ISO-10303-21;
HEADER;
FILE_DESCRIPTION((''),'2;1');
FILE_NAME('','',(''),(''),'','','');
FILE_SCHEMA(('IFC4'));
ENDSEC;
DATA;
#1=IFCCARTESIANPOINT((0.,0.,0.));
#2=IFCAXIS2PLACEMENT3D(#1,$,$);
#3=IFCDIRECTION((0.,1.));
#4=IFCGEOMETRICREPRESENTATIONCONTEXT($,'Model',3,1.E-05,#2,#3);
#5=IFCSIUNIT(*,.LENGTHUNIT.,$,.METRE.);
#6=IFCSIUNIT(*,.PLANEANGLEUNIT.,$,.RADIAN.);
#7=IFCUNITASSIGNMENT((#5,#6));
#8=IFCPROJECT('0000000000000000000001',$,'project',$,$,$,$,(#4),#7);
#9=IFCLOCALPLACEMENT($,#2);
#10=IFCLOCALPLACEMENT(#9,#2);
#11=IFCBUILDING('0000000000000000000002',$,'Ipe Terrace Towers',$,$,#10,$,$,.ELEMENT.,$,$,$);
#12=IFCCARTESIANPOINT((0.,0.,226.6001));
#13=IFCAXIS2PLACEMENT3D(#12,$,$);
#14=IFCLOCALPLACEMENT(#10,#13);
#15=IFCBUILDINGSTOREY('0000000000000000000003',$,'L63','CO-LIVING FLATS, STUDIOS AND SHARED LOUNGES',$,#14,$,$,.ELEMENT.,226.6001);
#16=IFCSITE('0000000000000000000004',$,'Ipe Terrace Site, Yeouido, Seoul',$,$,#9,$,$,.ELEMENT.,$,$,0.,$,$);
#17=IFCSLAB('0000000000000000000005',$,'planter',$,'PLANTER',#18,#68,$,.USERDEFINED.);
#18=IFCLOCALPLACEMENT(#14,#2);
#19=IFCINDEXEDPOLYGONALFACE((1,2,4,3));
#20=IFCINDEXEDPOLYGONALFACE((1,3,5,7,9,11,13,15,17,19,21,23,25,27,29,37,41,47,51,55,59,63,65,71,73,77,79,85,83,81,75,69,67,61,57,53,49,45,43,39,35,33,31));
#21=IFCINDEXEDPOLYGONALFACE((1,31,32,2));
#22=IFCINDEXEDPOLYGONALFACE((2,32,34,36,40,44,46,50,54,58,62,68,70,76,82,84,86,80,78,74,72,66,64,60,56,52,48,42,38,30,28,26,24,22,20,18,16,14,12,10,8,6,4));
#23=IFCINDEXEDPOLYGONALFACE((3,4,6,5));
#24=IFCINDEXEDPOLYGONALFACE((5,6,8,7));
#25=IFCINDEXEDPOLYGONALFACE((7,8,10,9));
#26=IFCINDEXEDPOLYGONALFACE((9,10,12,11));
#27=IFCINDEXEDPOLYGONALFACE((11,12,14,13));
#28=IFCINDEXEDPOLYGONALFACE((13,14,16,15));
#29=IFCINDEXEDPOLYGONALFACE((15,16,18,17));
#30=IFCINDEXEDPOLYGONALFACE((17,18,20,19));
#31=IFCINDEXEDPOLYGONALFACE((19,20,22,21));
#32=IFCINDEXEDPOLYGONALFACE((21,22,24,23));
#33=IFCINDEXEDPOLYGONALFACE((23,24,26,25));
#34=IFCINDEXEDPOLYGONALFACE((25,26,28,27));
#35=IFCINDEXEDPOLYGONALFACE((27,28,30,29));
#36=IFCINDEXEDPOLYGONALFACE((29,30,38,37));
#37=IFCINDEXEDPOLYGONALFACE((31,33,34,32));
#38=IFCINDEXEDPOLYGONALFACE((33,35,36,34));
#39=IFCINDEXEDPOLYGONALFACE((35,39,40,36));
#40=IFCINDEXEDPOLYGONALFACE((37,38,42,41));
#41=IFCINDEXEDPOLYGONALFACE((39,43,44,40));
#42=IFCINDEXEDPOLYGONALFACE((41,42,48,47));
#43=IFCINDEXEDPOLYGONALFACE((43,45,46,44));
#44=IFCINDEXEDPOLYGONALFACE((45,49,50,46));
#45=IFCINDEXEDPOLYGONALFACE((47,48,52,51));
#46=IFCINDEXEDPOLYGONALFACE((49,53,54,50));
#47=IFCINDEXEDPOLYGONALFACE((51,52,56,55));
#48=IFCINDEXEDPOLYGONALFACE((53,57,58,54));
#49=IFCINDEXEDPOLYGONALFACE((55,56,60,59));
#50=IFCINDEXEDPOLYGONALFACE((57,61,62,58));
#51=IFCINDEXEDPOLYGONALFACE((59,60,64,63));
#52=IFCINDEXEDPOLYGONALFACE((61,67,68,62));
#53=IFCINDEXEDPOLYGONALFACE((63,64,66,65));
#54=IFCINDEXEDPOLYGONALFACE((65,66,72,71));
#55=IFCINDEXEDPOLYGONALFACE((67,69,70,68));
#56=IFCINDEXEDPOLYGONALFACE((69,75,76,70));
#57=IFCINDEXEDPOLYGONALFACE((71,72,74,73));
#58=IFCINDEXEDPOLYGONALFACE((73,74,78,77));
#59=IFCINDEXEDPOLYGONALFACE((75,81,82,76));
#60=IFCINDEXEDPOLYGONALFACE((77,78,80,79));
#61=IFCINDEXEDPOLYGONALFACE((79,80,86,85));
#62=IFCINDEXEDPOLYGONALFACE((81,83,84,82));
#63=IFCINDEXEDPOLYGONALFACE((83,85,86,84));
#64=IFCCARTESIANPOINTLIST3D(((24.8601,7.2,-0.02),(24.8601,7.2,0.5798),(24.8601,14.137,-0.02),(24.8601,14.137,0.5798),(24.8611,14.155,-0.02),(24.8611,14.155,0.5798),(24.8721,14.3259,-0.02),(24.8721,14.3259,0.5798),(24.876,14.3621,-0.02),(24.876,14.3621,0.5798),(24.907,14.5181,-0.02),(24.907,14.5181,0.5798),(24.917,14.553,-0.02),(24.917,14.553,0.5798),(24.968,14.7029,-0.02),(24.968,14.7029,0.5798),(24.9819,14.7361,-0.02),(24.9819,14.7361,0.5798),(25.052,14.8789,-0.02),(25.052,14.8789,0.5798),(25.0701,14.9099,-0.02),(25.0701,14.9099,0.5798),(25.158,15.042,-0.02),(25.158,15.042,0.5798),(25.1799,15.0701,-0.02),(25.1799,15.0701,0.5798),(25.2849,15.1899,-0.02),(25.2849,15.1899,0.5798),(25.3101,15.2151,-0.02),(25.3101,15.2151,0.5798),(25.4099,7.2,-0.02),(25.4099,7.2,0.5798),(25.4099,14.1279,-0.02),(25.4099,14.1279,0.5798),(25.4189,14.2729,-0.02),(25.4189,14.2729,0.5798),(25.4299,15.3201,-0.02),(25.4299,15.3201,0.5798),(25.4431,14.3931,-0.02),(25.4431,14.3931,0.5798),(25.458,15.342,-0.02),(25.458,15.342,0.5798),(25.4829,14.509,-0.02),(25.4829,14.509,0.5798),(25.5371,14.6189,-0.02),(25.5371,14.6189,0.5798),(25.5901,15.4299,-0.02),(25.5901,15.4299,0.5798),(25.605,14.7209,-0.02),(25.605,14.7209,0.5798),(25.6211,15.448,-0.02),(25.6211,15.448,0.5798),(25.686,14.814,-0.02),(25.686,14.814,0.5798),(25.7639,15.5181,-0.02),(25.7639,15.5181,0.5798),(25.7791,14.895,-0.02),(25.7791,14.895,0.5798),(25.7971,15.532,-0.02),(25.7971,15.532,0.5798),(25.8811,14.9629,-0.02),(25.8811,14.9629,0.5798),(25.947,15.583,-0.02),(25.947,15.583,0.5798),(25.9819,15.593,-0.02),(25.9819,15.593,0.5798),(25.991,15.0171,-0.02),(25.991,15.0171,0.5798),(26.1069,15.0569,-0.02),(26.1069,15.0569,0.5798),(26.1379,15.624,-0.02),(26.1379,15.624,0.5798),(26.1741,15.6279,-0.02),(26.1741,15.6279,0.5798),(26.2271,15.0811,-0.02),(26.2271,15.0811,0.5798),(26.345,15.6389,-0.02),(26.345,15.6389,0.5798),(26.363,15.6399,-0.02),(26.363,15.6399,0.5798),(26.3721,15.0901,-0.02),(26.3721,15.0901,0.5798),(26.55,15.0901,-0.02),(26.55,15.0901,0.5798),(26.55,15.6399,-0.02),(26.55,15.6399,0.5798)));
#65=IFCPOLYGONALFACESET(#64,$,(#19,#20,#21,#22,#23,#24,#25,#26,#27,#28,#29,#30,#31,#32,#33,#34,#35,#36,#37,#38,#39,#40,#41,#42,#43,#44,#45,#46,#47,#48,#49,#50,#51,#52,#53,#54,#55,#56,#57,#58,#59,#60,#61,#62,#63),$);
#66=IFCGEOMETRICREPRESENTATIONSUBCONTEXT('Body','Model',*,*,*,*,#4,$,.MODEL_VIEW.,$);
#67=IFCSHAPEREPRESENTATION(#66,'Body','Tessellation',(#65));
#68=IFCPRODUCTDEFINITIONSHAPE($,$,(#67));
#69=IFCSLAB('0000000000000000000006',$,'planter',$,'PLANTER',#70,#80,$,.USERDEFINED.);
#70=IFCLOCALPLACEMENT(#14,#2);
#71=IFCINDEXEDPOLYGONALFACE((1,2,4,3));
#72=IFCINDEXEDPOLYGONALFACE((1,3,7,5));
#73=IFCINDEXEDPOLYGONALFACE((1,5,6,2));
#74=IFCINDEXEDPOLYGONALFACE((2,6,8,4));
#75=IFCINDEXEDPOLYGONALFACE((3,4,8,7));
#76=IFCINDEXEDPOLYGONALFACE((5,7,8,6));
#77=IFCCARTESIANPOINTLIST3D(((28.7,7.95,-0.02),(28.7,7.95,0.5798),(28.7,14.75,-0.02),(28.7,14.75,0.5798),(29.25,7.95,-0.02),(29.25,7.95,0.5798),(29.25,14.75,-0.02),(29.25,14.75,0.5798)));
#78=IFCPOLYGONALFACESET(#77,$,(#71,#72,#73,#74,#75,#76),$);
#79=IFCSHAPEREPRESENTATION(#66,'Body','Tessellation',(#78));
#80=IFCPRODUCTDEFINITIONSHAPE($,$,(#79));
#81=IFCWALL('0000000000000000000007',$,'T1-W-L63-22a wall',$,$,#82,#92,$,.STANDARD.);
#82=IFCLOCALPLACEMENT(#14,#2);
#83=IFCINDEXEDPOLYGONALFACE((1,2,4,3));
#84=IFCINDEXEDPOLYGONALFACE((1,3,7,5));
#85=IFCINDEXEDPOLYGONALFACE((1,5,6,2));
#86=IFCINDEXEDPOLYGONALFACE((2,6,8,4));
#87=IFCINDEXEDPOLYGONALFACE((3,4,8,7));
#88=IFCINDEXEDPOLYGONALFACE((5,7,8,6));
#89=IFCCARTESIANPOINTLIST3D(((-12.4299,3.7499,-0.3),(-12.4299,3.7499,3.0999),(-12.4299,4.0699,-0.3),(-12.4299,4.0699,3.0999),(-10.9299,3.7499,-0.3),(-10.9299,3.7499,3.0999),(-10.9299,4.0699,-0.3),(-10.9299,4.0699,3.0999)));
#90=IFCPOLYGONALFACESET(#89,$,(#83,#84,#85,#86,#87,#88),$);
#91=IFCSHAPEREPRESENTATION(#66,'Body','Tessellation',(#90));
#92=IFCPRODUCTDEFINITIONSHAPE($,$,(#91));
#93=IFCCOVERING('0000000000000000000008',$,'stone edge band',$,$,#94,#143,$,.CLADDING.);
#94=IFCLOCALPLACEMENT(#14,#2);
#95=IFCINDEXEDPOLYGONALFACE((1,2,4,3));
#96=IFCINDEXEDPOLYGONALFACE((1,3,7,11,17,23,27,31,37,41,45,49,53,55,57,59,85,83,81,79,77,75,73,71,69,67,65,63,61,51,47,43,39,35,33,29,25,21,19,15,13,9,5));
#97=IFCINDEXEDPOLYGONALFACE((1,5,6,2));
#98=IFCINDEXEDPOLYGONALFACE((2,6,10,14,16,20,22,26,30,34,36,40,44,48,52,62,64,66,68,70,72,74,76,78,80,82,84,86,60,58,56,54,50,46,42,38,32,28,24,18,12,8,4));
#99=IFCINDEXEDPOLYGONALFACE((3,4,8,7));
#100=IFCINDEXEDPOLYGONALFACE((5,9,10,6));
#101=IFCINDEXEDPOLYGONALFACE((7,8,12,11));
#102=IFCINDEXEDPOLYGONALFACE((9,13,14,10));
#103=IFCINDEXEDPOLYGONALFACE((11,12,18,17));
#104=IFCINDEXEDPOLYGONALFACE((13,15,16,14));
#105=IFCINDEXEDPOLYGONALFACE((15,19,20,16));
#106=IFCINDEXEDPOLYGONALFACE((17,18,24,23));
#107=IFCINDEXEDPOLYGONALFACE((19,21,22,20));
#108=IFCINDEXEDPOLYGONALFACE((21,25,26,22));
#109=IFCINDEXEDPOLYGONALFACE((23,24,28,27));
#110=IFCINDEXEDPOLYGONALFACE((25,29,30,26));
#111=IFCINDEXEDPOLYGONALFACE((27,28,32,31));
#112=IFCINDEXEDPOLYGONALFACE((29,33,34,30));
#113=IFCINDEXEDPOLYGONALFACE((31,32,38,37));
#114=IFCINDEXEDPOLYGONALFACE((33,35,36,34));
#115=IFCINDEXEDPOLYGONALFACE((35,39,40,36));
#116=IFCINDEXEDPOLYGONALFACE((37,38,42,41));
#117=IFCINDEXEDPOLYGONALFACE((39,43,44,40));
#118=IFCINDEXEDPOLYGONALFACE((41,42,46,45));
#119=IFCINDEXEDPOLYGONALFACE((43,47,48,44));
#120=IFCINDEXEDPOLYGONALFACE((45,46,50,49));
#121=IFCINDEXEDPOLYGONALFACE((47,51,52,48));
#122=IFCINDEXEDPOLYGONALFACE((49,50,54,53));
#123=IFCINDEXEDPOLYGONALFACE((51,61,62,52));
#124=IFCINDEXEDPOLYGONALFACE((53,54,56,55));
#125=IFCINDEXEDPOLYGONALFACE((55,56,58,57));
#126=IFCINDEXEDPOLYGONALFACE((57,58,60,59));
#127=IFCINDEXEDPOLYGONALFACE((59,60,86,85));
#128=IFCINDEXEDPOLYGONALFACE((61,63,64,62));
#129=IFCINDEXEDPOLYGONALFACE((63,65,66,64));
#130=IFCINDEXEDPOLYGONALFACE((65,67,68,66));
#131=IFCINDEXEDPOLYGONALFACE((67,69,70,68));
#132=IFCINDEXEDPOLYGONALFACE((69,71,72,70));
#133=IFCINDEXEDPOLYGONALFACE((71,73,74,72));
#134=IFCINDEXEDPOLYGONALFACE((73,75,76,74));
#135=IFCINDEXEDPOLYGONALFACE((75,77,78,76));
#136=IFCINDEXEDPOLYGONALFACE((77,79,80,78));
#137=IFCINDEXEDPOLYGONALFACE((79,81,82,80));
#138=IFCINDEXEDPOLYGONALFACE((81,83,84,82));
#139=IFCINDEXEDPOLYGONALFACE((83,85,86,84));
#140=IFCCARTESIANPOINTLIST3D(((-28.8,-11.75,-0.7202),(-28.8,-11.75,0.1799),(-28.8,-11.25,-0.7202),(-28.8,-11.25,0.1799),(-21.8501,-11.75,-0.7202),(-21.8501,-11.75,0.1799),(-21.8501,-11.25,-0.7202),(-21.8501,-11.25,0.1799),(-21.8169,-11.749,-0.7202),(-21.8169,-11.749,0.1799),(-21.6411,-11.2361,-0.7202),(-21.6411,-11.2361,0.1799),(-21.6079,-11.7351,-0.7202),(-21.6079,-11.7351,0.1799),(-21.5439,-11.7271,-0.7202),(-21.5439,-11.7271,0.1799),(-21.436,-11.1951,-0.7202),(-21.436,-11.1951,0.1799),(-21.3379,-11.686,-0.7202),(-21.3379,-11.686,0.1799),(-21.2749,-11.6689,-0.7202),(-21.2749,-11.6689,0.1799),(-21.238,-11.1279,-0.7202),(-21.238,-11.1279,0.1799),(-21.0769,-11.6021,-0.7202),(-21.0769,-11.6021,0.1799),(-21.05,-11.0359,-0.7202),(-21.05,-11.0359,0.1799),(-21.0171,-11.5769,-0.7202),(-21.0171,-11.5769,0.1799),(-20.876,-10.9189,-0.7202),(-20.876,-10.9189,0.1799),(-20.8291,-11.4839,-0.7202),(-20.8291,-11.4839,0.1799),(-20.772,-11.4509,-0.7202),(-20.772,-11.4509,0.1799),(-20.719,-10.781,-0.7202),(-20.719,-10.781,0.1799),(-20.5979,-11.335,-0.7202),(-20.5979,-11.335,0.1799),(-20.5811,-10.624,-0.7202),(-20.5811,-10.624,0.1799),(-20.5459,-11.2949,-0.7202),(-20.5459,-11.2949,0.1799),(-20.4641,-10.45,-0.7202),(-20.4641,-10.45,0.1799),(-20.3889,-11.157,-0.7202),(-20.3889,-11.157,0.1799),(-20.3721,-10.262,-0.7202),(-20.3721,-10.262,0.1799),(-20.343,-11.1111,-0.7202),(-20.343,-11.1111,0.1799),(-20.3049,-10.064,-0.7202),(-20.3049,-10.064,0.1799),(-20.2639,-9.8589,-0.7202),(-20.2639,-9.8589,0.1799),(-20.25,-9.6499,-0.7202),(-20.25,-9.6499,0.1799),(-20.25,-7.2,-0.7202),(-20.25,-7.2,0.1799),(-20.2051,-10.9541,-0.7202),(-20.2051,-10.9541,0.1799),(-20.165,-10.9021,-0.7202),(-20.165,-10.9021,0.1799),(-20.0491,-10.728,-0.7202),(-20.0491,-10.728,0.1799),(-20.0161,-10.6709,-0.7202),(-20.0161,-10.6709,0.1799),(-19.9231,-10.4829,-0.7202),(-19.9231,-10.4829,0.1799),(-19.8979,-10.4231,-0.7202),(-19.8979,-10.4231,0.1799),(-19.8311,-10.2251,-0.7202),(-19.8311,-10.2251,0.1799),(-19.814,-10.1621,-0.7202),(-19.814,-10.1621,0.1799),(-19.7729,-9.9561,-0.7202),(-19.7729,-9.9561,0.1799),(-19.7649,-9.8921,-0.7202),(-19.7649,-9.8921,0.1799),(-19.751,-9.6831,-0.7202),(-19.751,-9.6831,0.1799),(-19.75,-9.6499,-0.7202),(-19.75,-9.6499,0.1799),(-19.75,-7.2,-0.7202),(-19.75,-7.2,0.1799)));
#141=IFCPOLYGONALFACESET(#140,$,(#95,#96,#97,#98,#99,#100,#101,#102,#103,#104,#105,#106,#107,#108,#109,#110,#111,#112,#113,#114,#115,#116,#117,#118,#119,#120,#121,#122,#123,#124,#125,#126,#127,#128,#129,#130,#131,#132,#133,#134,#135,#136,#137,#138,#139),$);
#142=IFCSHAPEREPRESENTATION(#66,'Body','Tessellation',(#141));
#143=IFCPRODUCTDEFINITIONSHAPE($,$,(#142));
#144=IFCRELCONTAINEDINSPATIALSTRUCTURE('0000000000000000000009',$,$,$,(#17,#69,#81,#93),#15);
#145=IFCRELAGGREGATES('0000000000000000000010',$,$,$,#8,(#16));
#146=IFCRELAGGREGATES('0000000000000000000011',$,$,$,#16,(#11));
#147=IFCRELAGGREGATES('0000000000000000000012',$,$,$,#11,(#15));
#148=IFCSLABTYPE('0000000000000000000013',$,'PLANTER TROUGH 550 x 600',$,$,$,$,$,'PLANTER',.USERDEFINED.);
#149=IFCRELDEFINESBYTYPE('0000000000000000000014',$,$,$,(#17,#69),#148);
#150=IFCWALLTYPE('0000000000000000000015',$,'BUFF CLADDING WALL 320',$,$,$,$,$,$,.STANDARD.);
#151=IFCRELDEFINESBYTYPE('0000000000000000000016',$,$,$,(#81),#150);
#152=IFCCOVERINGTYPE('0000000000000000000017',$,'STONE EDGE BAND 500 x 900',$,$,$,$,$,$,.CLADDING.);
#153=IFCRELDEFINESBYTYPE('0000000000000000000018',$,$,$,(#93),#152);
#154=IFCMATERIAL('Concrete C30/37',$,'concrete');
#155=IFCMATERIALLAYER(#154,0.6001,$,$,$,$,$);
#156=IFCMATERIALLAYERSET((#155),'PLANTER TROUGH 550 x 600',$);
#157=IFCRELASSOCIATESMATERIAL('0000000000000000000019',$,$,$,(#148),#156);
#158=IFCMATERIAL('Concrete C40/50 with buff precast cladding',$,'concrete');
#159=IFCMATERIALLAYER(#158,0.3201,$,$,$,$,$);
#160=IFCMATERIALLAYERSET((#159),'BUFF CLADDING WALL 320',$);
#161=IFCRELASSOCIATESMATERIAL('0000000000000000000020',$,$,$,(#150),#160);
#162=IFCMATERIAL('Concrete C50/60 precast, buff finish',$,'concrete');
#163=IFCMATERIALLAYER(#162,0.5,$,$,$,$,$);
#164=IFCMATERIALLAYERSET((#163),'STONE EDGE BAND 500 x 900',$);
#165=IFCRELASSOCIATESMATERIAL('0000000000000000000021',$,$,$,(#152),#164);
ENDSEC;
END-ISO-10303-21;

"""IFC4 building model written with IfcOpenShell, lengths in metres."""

from ifc_helpers import new_model, si_unit, direction, frame, frame_2d, origin, place, context, subcontext, project, spatial, polyline, rectangle, outline, extrude, material, layer, layer_set, type_object, element, save


model = new_model("IFC4")

# Units and contexts
model_context = context("Model", 3, precision=1e-05, world=origin(), true_north=direction((0.0, 1.0)))
body_context = subcontext(model_context, "Body", "Model", "MODEL_VIEW")
ifc_project = project(units=[si_unit("LENGTHUNIT", "METRE"), si_unit("PLANEANGLEUNIT", "RADIAN")], contexts=[model_context])

# Site, building, storey
site_placement = place(None, origin())
site = spatial("IfcSite", under=ifc_project, at=site_placement, Name="Ipe Terrace Site, Yeouido, Seoul", CompositionType="ELEMENT", RefElevation=0.0)
building_placement = place(site_placement, origin())
building = spatial("IfcBuilding", under=site, at=building_placement, Name="Ipe Terrace Towers", CompositionType="ELEMENT")
storey_placement = place(building_placement, frame((0.0, 0.0, 226.6001)))
storey = spatial("IfcBuildingStorey", under=building, at=storey_placement, Name="L63", Description="CO-LIVING FLATS, STUDIOS AND SHARED LOUNGES", CompositionType="ELEMENT", Elevation=226.6001)

# Slabs
ifc_material_1 = material(Name="Concrete C30/37", Category="concrete")
ifc_layer_1 = layer(ifc_material_1, 0.6001)
ifc_layer_set_1 = layer_set([ifc_layer_1], Name="PLANTER TROUGH 550 x 600")
slab_type_1 = type_object("IfcSlabType", Name="PLANTER TROUGH 550 x 600", ElementType="PLANTER", PredefinedType="USERDEFINED", material=ifc_layer_set_1)
slab_1_placement = place(storey_placement, frame((0.0, 0.0, -0.02)))
element("IfcSlab", 1, at=slab_1_placement, inside=storey, type_object=slab_type_1, Name="planter", ObjectType="PLANTER", PredefinedType="USERDEFINED", context=body_context, shape_type="SweptSolid", body=[
    extrude(outline(polyline([(26.1069, 15.0569), (26.2271, 15.0811), (26.3721, 15.0901), (26.55, 15.0901), (26.55, 15.6399), (26.363, 15.6399), (26.345, 15.6389), (26.1741, 15.6279), (26.1379, 15.624), (25.9819, 15.593), (25.947, 15.583), (25.7971, 15.532), (25.7639, 15.5181), (25.6211, 15.448), (25.5901, 15.4299), (25.458, 15.342), (25.4299, 15.3201), (25.3101, 15.2151), (25.2849, 15.1899), (25.1799, 15.0701), (25.158, 15.042), (25.0701, 14.9099), (25.052, 14.8789), (24.9819, 14.7361), (24.968, 14.7029), (24.917, 14.553), (24.907, 14.5181), (24.876, 14.3621), (24.8721, 14.3259), (24.8611, 14.155), (24.8601, 14.137), (24.8601, 7.2), (25.4099, 7.2), (25.4099, 14.1279), (25.4189, 14.2729), (25.4431, 14.3931), (25.4829, 14.509), (25.5371, 14.6189), (25.605, 14.7209), (25.686, 14.814), (25.7791, 14.895), (25.8811, 14.9629), (25.991, 15.0171), (26.1069, 15.0569)])), origin(), (0.0, 0.0, 1.0), 0.5999),
])
slab_2_placement = place(storey_placement, frame((0.0, 0.0, -0.02)))
element("IfcSlab", 2, at=slab_2_placement, inside=storey, type_object=slab_type_1, Name="planter", ObjectType="PLANTER", PredefinedType="USERDEFINED", context=body_context, shape_type="SweptSolid", body=[
    extrude(outline(polyline([(29.25, 7.95), (29.25, 14.75), (28.7, 14.75), (28.7, 7.95), (29.25, 7.95)])), origin(), (0.0, 0.0, 1.0), 0.5999),
])

# Wall
ifc_material_2 = material(Name="Concrete C40/50 with buff precast cladding", Category="concrete")
ifc_layer_2 = layer(ifc_material_2, 0.3201)
ifc_layer_set_2 = layer_set([ifc_layer_2], Name="BUFF CLADDING WALL 320")
wall_type = type_object("IfcWallType", Name="BUFF CLADDING WALL 320", PredefinedType="STANDARD", material=ifc_layer_set_2)
wall_placement = place(storey_placement, frame((-10.9299, 3.9099, -0.3), z_axis=(0.0, 0.0, 1.0), x_axis=(-1.0, 0.0, 0.0)))
element("IfcWall", 3, at=wall_placement, inside=storey, type_object=wall_type, Name="T1-W-L63-22a wall", PredefinedType="STANDARD", context=body_context, shape_type="SweptSolid", body=[
    extrude(rectangle(XDim=1.5, YDim=0.3201, at=frame_2d((0.75, 0.0))), origin(), (0.0, 0.0, 1.0), 3.3999),
])

# Covering
ifc_material_3 = material(Name="Concrete C50/60 precast, buff finish", Category="concrete")
ifc_layer_3 = layer(ifc_material_3, 0.5)
ifc_layer_set_3 = layer_set([ifc_layer_3], Name="STONE EDGE BAND 500 x 900")
covering_type = type_object("IfcCoveringType", Name="STONE EDGE BAND 500 x 900", PredefinedType="CLADDING", material=ifc_layer_set_3)
covering_1_placement = place(storey_placement, frame((0.0, 0.0, -0.7202)))
element("IfcCovering", 4, at=covering_1_placement, inside=storey, type_object=covering_type, Name="stone edge band", PredefinedType="CLADDING", context=body_context, shape_type="SweptSolid", body=[
    extrude(outline(polyline([(-21.8501, -11.75), (-21.8169, -11.749), (-21.6079, -11.7351), (-21.5439, -11.7271), (-21.3379, -11.686), (-21.2749, -11.6689), (-21.0769, -11.6021), (-21.0171, -11.5769), (-20.8291, -11.4839), (-20.772, -11.4509), (-20.5979, -11.335), (-20.5459, -11.2949), (-20.3889, -11.157), (-20.343, -11.1111), (-20.2051, -10.9541), (-20.165, -10.9021), (-20.0491, -10.728), (-20.0161, -10.6709), (-19.9231, -10.4829), (-19.8979, -10.4231), (-19.8311, -10.2251), (-19.814, -10.1621), (-19.7729, -9.9561), (-19.7649, -9.8921), (-19.751, -9.6831), (-19.75, -9.6499), (-19.75, -7.2), (-20.25, -7.2), (-20.25, -9.6499), (-20.2639, -9.8589), (-20.3049, -10.064), (-20.3721, -10.262), (-20.4641, -10.45), (-20.5811, -10.624), (-20.719, -10.781), (-20.876, -10.9189), (-21.05, -11.0359), (-21.238, -11.1279), (-21.436, -11.1951), (-21.6411, -11.2361), (-21.8501, -11.25), (-28.8, -11.25), (-28.8, -11.75), (-21.8501, -11.75)])), origin(), (0.0, 0.0, 1.0), 0.9001),
])

save(model, "model.ifc")
